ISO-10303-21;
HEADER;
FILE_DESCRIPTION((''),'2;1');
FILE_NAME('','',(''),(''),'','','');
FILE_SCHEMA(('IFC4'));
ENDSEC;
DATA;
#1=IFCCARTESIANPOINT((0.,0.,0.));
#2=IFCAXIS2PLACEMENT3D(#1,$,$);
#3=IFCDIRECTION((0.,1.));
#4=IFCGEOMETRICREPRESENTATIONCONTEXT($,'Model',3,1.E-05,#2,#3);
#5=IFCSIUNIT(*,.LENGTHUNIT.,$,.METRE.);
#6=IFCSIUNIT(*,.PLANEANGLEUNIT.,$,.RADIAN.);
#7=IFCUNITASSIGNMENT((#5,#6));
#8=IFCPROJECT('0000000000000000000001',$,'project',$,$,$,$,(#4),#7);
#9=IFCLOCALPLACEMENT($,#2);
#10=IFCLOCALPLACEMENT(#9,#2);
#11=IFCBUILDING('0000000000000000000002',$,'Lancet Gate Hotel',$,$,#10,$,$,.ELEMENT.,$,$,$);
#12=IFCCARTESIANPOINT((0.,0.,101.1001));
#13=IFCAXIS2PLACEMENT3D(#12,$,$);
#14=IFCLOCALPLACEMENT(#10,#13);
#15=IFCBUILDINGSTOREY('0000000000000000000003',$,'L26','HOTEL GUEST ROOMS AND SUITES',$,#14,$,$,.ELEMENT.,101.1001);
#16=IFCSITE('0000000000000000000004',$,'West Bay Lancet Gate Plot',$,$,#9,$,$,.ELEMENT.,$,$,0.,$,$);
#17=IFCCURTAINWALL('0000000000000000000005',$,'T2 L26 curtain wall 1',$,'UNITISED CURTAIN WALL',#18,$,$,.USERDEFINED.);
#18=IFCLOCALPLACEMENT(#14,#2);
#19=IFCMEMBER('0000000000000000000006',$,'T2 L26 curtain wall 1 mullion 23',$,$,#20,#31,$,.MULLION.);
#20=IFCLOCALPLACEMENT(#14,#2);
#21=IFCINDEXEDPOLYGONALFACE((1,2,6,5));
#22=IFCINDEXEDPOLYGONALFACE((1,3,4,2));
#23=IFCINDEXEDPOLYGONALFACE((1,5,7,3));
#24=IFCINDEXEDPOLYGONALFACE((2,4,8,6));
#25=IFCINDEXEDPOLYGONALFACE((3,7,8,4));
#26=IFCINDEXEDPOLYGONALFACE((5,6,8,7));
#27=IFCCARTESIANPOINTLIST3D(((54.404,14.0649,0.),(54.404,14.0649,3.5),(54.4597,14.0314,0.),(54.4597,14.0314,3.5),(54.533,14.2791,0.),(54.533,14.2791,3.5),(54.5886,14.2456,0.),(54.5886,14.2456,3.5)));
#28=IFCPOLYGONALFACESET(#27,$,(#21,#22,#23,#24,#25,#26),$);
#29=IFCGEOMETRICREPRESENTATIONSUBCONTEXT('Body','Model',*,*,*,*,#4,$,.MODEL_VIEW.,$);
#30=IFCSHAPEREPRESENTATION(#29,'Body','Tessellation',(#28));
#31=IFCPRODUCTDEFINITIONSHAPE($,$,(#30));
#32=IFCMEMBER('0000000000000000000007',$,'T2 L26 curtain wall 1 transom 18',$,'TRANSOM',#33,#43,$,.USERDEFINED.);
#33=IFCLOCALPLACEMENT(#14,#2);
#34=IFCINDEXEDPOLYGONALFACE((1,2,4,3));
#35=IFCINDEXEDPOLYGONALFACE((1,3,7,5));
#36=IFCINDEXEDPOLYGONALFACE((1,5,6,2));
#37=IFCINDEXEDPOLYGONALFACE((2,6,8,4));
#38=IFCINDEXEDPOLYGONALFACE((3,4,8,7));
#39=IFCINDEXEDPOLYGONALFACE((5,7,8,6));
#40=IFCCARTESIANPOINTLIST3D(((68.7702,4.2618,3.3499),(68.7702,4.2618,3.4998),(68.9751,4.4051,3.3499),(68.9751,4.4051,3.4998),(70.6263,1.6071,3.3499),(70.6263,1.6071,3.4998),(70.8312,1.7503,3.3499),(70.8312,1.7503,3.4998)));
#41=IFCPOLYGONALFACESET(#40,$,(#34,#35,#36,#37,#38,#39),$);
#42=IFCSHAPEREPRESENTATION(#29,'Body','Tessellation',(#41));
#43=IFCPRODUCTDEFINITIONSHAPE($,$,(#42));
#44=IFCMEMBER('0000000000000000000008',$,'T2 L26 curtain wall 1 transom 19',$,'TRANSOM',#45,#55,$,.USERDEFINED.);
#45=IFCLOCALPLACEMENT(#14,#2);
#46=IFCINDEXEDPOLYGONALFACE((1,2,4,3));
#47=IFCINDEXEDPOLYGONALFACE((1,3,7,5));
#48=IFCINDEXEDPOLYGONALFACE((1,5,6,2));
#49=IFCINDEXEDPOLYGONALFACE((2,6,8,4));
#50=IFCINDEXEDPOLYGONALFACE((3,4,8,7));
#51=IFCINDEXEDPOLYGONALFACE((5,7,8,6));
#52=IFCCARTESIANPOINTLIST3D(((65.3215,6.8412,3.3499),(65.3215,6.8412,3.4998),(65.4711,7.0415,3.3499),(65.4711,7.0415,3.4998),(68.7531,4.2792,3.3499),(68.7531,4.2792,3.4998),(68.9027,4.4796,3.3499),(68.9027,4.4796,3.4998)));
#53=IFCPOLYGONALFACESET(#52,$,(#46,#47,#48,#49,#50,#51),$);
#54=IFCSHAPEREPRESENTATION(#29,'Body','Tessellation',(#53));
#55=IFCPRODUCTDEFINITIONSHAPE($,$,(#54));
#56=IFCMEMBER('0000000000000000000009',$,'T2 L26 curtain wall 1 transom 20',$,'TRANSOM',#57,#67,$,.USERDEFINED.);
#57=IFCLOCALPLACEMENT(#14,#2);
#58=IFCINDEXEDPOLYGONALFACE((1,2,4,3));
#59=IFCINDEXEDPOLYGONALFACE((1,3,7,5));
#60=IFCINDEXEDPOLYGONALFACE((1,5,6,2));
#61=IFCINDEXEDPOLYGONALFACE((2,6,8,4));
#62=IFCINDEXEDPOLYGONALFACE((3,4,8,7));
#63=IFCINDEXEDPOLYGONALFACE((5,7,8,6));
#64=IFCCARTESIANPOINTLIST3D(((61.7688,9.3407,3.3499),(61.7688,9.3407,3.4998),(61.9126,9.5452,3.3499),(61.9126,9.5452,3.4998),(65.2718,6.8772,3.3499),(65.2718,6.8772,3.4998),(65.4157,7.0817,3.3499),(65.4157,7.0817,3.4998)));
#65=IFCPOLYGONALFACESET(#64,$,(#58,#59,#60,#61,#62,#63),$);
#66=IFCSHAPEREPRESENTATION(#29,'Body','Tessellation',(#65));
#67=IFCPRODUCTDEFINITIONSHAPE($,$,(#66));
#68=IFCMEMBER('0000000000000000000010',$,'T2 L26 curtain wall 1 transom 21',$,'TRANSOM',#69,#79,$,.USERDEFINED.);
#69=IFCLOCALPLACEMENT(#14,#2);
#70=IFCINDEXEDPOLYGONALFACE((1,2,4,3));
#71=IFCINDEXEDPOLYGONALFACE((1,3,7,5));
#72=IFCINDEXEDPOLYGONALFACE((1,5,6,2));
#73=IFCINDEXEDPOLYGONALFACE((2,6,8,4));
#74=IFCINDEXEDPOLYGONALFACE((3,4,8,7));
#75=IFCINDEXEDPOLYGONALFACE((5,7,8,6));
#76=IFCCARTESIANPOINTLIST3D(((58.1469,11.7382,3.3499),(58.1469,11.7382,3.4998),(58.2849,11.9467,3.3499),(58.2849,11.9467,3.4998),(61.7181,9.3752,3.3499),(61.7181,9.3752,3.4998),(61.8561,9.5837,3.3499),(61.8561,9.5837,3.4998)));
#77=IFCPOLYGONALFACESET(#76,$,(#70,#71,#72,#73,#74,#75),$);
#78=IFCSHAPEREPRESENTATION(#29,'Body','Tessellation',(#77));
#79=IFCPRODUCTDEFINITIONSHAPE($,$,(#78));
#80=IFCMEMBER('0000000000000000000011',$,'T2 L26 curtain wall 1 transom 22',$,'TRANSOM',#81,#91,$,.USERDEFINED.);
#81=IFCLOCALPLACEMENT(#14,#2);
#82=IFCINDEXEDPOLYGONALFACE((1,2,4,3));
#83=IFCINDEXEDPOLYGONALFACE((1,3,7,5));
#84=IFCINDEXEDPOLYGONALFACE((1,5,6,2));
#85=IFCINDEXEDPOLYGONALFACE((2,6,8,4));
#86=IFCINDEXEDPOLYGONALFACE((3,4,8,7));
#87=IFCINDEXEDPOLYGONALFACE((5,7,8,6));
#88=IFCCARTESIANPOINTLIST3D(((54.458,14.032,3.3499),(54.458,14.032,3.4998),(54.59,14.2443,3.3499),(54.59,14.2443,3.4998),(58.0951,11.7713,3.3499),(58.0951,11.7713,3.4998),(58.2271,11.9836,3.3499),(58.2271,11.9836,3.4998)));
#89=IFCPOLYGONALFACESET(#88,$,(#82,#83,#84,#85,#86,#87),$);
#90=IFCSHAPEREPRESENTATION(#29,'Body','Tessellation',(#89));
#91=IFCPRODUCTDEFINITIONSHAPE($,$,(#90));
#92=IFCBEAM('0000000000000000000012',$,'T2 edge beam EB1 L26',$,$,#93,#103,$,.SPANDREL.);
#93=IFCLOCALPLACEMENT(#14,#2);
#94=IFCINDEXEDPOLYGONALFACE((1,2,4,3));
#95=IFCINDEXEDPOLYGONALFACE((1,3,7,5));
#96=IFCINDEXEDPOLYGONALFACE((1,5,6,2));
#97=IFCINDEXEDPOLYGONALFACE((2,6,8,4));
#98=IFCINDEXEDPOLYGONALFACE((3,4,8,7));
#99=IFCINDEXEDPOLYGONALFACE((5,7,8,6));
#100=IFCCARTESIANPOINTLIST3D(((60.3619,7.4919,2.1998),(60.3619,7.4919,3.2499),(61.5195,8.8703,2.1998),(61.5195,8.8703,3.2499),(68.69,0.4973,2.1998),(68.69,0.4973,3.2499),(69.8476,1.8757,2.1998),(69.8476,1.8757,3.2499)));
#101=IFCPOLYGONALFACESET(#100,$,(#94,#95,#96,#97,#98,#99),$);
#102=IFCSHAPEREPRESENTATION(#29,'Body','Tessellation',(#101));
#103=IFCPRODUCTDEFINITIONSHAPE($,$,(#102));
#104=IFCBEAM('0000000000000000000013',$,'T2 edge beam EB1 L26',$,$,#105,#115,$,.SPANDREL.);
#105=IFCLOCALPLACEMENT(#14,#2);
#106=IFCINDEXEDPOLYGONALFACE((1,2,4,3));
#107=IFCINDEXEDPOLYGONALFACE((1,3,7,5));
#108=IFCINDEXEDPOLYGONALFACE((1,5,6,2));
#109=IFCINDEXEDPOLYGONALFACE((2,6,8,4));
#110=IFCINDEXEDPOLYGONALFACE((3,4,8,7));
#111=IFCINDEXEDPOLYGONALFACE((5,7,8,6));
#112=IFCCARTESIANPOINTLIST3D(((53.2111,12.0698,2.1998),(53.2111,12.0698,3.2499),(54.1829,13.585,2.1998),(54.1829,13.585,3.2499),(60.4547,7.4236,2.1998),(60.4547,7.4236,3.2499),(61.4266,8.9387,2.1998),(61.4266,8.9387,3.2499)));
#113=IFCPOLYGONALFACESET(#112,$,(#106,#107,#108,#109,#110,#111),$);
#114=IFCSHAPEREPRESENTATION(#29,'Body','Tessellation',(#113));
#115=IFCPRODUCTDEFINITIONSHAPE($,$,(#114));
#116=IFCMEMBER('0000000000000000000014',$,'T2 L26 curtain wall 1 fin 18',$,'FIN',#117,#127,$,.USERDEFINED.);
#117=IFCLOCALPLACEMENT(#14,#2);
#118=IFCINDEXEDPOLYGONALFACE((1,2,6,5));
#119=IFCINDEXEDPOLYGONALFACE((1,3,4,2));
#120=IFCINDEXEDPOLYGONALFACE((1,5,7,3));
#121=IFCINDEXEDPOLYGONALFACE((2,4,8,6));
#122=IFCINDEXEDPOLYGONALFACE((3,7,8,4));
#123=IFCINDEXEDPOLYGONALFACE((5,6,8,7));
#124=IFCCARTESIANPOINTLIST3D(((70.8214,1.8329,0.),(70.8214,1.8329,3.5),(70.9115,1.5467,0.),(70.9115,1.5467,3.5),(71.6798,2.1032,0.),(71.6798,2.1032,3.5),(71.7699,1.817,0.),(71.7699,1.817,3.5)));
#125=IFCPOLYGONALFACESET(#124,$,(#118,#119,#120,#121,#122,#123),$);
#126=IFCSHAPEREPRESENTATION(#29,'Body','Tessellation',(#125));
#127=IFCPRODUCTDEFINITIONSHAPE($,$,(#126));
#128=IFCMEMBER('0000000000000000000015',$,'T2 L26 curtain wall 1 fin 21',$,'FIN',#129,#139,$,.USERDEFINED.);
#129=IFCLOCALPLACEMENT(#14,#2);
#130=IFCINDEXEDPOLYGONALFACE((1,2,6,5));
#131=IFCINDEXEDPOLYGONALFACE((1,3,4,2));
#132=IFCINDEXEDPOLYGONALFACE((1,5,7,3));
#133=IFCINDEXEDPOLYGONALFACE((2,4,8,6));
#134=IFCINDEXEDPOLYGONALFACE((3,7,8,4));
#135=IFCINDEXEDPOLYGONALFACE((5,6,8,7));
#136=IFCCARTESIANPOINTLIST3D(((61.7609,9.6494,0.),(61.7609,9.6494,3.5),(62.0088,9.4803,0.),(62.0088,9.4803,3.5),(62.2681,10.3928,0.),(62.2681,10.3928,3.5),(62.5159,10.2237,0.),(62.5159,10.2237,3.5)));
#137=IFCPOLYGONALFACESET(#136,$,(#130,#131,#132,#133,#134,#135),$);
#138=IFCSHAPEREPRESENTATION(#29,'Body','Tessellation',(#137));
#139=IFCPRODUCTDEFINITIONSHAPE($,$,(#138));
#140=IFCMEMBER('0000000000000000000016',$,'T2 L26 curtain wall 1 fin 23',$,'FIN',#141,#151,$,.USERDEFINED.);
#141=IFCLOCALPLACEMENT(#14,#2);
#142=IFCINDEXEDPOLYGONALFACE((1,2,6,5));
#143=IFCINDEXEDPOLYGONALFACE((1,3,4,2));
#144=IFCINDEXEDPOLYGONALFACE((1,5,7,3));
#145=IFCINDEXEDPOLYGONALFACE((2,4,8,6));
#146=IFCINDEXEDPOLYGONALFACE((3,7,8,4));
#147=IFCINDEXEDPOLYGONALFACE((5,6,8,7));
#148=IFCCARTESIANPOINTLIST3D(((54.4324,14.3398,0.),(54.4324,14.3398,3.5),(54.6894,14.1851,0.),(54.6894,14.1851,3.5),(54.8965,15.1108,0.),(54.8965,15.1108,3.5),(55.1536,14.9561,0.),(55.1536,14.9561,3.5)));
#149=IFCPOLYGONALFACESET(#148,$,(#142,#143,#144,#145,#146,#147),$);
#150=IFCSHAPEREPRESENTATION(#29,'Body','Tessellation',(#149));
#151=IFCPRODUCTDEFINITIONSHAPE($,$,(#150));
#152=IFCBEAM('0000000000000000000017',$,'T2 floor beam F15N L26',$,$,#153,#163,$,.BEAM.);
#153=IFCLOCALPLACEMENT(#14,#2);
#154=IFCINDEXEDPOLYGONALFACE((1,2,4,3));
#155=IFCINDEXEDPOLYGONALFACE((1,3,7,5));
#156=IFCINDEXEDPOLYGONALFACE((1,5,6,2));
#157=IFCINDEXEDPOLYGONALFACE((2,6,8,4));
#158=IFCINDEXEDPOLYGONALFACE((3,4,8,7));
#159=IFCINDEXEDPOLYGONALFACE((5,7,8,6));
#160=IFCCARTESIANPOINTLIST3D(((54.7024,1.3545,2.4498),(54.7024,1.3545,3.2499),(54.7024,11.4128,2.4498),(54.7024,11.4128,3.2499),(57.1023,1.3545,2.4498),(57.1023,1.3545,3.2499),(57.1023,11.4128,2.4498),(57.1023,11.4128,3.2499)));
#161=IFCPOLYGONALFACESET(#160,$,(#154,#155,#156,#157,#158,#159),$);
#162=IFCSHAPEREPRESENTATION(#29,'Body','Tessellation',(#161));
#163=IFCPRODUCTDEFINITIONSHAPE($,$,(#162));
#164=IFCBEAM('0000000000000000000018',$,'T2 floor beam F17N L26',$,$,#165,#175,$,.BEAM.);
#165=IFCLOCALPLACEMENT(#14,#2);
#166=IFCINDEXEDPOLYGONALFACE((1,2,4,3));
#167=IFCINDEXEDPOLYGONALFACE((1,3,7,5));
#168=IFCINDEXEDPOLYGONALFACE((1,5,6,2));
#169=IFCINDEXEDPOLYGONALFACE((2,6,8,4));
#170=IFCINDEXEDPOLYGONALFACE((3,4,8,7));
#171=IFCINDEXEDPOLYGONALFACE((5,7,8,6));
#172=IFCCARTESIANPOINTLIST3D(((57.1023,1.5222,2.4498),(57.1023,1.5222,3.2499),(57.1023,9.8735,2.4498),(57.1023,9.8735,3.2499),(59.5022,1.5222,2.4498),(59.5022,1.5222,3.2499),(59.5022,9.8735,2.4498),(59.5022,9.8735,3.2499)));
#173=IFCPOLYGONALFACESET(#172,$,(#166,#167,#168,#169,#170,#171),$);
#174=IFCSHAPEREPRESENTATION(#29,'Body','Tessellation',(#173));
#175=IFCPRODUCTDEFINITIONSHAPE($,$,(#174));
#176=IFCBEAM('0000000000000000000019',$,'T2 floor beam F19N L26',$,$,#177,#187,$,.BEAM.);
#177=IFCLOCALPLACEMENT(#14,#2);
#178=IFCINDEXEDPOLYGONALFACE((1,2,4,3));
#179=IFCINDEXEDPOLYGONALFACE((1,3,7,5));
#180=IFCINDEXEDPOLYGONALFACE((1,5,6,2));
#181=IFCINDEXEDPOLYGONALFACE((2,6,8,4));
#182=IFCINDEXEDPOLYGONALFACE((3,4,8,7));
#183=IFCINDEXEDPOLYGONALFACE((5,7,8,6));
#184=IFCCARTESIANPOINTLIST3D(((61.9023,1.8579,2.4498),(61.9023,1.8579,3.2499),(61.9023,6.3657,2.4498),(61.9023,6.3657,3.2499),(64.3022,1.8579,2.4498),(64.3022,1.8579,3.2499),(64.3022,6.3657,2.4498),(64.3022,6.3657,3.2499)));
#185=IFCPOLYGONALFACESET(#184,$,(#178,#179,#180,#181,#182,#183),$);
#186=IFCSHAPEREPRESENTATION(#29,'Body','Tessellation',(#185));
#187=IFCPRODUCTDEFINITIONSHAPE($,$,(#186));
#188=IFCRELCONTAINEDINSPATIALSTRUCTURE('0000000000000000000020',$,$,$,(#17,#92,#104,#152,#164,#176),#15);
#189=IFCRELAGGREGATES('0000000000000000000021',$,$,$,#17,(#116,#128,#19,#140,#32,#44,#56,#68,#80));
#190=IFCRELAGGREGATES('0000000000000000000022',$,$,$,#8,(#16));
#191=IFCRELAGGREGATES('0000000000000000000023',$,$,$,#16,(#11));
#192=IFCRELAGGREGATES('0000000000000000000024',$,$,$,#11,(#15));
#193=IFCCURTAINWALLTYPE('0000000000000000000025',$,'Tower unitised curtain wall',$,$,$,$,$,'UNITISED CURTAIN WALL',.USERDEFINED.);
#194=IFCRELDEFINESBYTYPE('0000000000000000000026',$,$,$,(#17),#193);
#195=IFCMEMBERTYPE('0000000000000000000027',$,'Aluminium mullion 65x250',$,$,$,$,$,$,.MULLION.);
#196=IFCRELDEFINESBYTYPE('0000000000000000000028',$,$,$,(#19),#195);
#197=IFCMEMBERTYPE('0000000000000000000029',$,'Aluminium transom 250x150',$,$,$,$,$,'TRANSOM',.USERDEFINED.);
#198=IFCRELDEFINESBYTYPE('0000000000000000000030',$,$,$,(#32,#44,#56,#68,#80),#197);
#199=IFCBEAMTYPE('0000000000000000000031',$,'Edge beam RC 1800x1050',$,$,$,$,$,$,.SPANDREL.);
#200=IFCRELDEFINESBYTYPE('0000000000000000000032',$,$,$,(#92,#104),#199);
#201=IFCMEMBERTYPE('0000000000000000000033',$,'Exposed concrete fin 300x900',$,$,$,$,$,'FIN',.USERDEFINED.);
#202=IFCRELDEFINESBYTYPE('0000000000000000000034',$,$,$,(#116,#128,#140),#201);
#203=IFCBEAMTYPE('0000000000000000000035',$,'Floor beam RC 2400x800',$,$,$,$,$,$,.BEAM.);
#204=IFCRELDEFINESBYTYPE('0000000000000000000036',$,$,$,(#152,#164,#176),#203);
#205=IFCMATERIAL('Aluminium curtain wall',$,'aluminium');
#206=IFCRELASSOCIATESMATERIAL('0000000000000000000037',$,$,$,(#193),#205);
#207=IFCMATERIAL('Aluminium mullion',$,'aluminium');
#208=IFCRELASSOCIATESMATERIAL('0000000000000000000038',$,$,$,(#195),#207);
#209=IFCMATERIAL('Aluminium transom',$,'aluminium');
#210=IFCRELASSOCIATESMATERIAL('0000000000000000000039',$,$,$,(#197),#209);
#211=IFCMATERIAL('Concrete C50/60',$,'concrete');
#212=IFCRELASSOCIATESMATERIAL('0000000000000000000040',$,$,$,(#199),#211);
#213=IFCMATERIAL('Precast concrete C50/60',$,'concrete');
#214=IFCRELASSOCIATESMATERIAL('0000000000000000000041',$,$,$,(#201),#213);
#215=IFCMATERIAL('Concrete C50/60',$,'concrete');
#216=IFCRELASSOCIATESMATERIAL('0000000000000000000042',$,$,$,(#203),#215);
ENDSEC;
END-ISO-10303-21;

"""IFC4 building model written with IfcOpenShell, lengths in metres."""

from ifc_helpers import new_model, si_unit, direction, frame, origin, origin_2d, place, context, subcontext, project, spatial, rectangle, extrude, material, material_profile, profile_set, type_object, element, aggregate, save


model = new_model("IFC4")

# Units and contexts
model_context = context("Model", 3, precision=1e-05, world=origin(), true_north=direction((0.0, 1.0)))
body_context = subcontext(model_context, "Body", "Model", "MODEL_VIEW")
ifc_project = project(units=[si_unit("LENGTHUNIT", "METRE"), si_unit("PLANEANGLEUNIT", "RADIAN")], contexts=[model_context])

# Site, building, storey
site_placement = place(None, origin())
site = spatial("IfcSite", under=ifc_project, at=site_placement, Name="West Bay Lancet Gate Plot", CompositionType="ELEMENT", RefElevation=0.0)
building_placement = place(site_placement, origin())
building = spatial("IfcBuilding", under=site, at=building_placement, Name="Lancet Gate Hotel", CompositionType="ELEMENT")
storey_placement = place(building_placement, frame((0.0, 0.0, 101.1001)))
storey = spatial("IfcBuildingStorey", under=building, at=storey_placement, Name="L26", Description="HOTEL GUEST ROOMS AND SUITES", CompositionType="ELEMENT", Elevation=101.1001)

# Curtain wall, members
ifc_material_1 = material(Name="Aluminium curtain wall", Category="aluminium")
curtain_wall_type = type_object("IfcCurtainWallType", Name="Tower unitised curtain wall", ElementType="UNITISED CURTAIN WALL", PredefinedType="USERDEFINED", material=ifc_material_1)
curtain_wall_placement = place(storey_placement, origin())
curtain_wall = element("IfcCurtainWall", 1, at=curtain_wall_placement, inside=storey, type_object=curtain_wall_type, Name="T2 L26 curtain wall 1", ObjectType="UNITISED CURTAIN WALL", PredefinedType="USERDEFINED")
ifc_material_2 = material(Name="Aluminium mullion", Category="aluminium")
ifc_material_profile_1 = material_profile(ifc_material_2, rectangle(XDim=0.0649, YDim=0.25, at=origin_2d()), Name="MULLION 65x250")
ifc_profile_set_1 = profile_set([ifc_material_profile_1], Name="Aluminium mullion")
member_type_1 = type_object("IfcMemberType", Name="Aluminium mullion 65x250", PredefinedType="MULLION", material=ifc_profile_set_1)
member_1_placement = place(storey_placement, frame((54.4963, 14.1553, 0.0), z_axis=(0.0, 0.0, 1.0), x_axis=(-0.856728, 0.515768, 0.0)))
member_1 = element("IfcMember", 2, at=member_1_placement, type_object=member_type_1, Name="T2 L26 curtain wall 1 mullion 23", PredefinedType="MULLION", context=body_context, shape_type="SweptSolid", body=[
    extrude(rectangle(XDim=0.0649, YDim=0.25, at=origin_2d()), origin(), (0.0, 0.0, 1.0), 3.5),
])
ifc_material_3 = material(Name="Aluminium transom", Category="aluminium")
ifc_material_profile_2 = material_profile(ifc_material_3, rectangle(XDim=0.25, YDim=0.1499, at=origin_2d()), Name="TRANSOM 250x150")
ifc_profile_set_2 = profile_set([ifc_material_profile_2], Name="Aluminium transom")
member_type_2 = type_object("IfcMemberType", Name="Aluminium transom 250x150", ElementType="TRANSOM", PredefinedType="USERDEFINED", material=ifc_profile_set_2)
member_2_placement = place(storey_placement, frame((70.7288, 1.6787, 3.4248), z_axis=(-0.573017, 0.819543, 0.0), x_axis=(-0.819543, -0.573017, 0.0)))
member_2 = element("IfcMember", 3, at=member_2_placement, type_object=member_type_2, Name="T2 L26 curtain wall 1 transom 18", ObjectType="TRANSOM", PredefinedType="USERDEFINED", context=body_context, shape_type="SweptSolid", body=[
    extrude(rectangle(XDim=0.25, YDim=0.1499, at=origin_2d()), origin(), (0.0, 0.0, 1.0), 3.2393),
])
member_3_placement = place(storey_placement, frame((68.8279, 4.3794, 3.4248), z_axis=(-0.801312, 0.598247, 0.0), x_axis=(-0.598247, -0.801312, 0.0)))
member_3 = element("IfcMember", 4, at=member_3_placement, type_object=member_type_2, Name="T2 L26 curtain wall 1 transom 19", ObjectType="TRANSOM", PredefinedType="USERDEFINED", context=body_context, shape_type="SweptSolid", body=[
    extrude(rectangle(XDim=0.25, YDim=0.1499, at=origin_2d()), origin(), (0.0, 0.0, 1.0), 4.2825),
])
member_4_placement = place(storey_placement, frame((65.3438, 6.9795, 3.4248), z_axis=(-0.817987, 0.575236, 0.0), x_axis=(-0.575236, -0.817987, 0.0)))
member_4 = element("IfcMember", 5, at=member_4_placement, type_object=member_type_2, Name="T2 L26 curtain wall 1 transom 20", ObjectType="TRANSOM", PredefinedType="USERDEFINED", context=body_context, shape_type="SweptSolid", body=[
    extrude(rectangle(XDim=0.25, YDim=0.1499, at=origin_2d()), origin(), (0.0, 0.0, 1.0), 4.2825),
])
member_5_placement = place(storey_placement, frame((61.7871, 9.4795, 3.4248), z_axis=(-0.833966, 0.551816, 0.0), x_axis=(-0.551816, -0.833966, 0.0)))
member_5 = element("IfcMember", 6, at=member_5_placement, type_object=member_type_2, Name="T2 L26 curtain wall 1 transom 21", ObjectType="TRANSOM", PredefinedType="USERDEFINED", context=body_context, shape_type="SweptSolid", body=[
    extrude(rectangle(XDim=0.25, YDim=0.1499, at=origin_2d()), origin(), (0.0, 0.0, 1.0), 4.2822),
])
member_6_placement = place(storey_placement, frame((58.1611, 11.8774, 3.4248), z_axis=(-0.849309, 0.527896, 0.0), x_axis=(-0.527896, -0.849309, 0.0)))
member_6 = element("IfcMember", 7, at=member_6_placement, type_object=member_type_2, Name="T2 L26 curtain wall 1 transom 22", ObjectType="TRANSOM", PredefinedType="USERDEFINED", context=body_context, shape_type="SweptSolid", body=[
    extrude(rectangle(XDim=0.25, YDim=0.1499, at=origin_2d()), origin(), (0.0, 0.0, 1.0), 4.2825),
])

# Beams
ifc_material_4 = material(Name="Concrete C50/60", Category="concrete")
ifc_material_profile_3 = material_profile(ifc_material_4, rectangle(XDim=1.8, YDim=1.05, at=origin_2d()), Name="RC 1800x1050")
ifc_profile_set_3 = profile_set([ifc_material_profile_3], Name="Concrete C50/60")
beam_type_1 = type_object("IfcBeamType", Name="Edge beam RC 1800x1050", PredefinedType="SPANDREL", material=ifc_profile_set_3)
beam_1_placement = place(storey_placement, frame((69.2688, 1.1865, 2.7249), z_axis=(-0.76575, 0.643138, 0.0), x_axis=(-0.643138, -0.76575, 0.0)))
element("IfcBeam", 8, at=beam_1_placement, inside=storey, type_object=beam_type_1, Name="T2 edge beam EB1 L26", PredefinedType="SPANDREL", context=body_context, shape_type="SweptSolid", body=[
    extrude(rectangle(XDim=1.8, YDim=1.05, at=origin_2d()), origin(), (0.0, 0.0, 1.0), 10.8757),
])
beam_2_placement = place(storey_placement, frame((60.9407, 8.1812, 2.7249), z_axis=(-0.841727, 0.539903, 0.0), x_axis=(-0.539903, -0.841727, 0.0)))
element("IfcBeam", 9, at=beam_2_placement, inside=storey, type_object=beam_type_1, Name="T2 edge beam EB1 L26", PredefinedType="SPANDREL", context=body_context, shape_type="SweptSolid", body=[
    extrude(rectangle(XDim=1.8, YDim=1.05, at=origin_2d()), origin(), (0.0, 0.0, 1.0), 8.6057),
])

# Members
ifc_material_5 = material(Name="Precast concrete C50/60", Category="concrete")
ifc_material_profile_4 = material_profile(ifc_material_5, rectangle(XDim=0.3, YDim=0.8999, at=origin_2d()), Name="FIN 300x900")
ifc_profile_set_4 = profile_set([ifc_material_profile_4], Name="Precast concrete C50/60")
member_type_3 = type_object("IfcMemberType", Name="Exposed concrete fin 300x900", ElementType="FIN", PredefinedType="USERDEFINED", material=ifc_profile_set_4)
member_7_placement = place(storey_placement, frame((71.2957, 1.825, 0.0), z_axis=(0.0, 0.0, 1.0), x_axis=(-0.300385, 0.953818, 0.0)))
member_7 = element("IfcMember", 10, at=member_7_placement, type_object=member_type_3, Name="T2 L26 curtain wall 1 fin 18", ObjectType="FIN", PredefinedType="USERDEFINED", context=body_context, shape_type="SweptSolid", body=[
    extrude(rectangle(XDim=0.3, YDim=0.8999, at=origin_2d()), origin(), (0.0, 0.0, 1.0), 3.5),
])
member_8_placement = place(storey_placement, frame((62.1384, 9.9365, 0.0), z_axis=(0.0, 0.0, 1.0), x_axis=(-0.826066, 0.563574, 0.0)))
member_8 = element("IfcMember", 11, at=member_8_placement, type_object=member_type_3, Name="T2 L26 curtain wall 1 fin 21", ObjectType="FIN", PredefinedType="USERDEFINED", context=body_context, shape_type="SweptSolid", body=[
    extrude(rectangle(XDim=0.3, YDim=0.8999, at=origin_2d()), origin(), (0.0, 0.0, 1.0), 3.5),
])
member_9_placement = place(storey_placement, frame((54.793, 14.6479, 0.0), z_axis=(0.0, 0.0, 1.0), x_axis=(-0.856728, 0.515768, 0.0)))
member_9 = element("IfcMember", 12, at=member_9_placement, type_object=member_type_3, Name="T2 L26 curtain wall 1 fin 23", ObjectType="FIN", PredefinedType="USERDEFINED", context=body_context, shape_type="SweptSolid", body=[
    extrude(rectangle(XDim=0.3, YDim=0.8999, at=origin_2d()), origin(), (0.0, 0.0, 1.0), 3.5),
])

# Beams
ifc_material_6 = material(Name="Concrete C50/60", Category="concrete")
ifc_material_profile_5 = material_profile(ifc_material_6, rectangle(XDim=2.3999, YDim=0.8, at=origin_2d()), Name="RC 2400x800")
ifc_profile_set_5 = profile_set([ifc_material_profile_5], Name="Concrete C50/60")
beam_type_2 = type_object("IfcBeamType", Name="Floor beam RC 2400x800", PredefinedType="BEAM", material=ifc_profile_set_5)
beam_3_placement = place(storey_placement, frame((55.9023, 1.3545, 2.8499), z_axis=(0.0, 1.0, 0.0), x_axis=(-1.0, 0.0, 0.0)))
element("IfcBeam", 13, at=beam_3_placement, inside=storey, type_object=beam_type_2, Name="T2 floor beam F15N L26", PredefinedType="BEAM", context=body_context, shape_type="SweptSolid", body=[
    extrude(rectangle(XDim=2.3999, YDim=0.8, at=origin_2d()), origin(), (0.0, 0.0, 1.0), 10.0583),
])
beam_4_placement = place(storey_placement, frame((58.3022, 1.5222, 2.8499), z_axis=(0.0, 1.0, 0.0), x_axis=(-1.0, 0.0, 0.0)))
element("IfcBeam", 14, at=beam_4_placement, inside=storey, type_object=beam_type_2, Name="T2 floor beam F17N L26", PredefinedType="BEAM", context=body_context, shape_type="SweptSolid", body=[
    extrude(rectangle(XDim=2.3999, YDim=0.8, at=origin_2d()), origin(), (0.0, 0.0, 1.0), 8.3513),
])
beam_5_placement = place(storey_placement, frame((63.1023, 1.8579, 2.8499), z_axis=(0.0, 1.0, 0.0), x_axis=(-1.0, 0.0, 0.0)))
element("IfcBeam", 15, at=beam_5_placement, inside=storey, type_object=beam_type_2, Name="T2 floor beam F19N L26", PredefinedType="BEAM", context=body_context, shape_type="SweptSolid", body=[
    extrude(rectangle(XDim=2.3999, YDim=0.8, at=origin_2d()), origin(), (0.0, 0.0, 1.0), 4.5078),
])

aggregate(curtain_wall, [member_7, member_8, member_1, member_9, member_2, member_3, member_4, member_5, member_6])

save(model, "model.ifc")
